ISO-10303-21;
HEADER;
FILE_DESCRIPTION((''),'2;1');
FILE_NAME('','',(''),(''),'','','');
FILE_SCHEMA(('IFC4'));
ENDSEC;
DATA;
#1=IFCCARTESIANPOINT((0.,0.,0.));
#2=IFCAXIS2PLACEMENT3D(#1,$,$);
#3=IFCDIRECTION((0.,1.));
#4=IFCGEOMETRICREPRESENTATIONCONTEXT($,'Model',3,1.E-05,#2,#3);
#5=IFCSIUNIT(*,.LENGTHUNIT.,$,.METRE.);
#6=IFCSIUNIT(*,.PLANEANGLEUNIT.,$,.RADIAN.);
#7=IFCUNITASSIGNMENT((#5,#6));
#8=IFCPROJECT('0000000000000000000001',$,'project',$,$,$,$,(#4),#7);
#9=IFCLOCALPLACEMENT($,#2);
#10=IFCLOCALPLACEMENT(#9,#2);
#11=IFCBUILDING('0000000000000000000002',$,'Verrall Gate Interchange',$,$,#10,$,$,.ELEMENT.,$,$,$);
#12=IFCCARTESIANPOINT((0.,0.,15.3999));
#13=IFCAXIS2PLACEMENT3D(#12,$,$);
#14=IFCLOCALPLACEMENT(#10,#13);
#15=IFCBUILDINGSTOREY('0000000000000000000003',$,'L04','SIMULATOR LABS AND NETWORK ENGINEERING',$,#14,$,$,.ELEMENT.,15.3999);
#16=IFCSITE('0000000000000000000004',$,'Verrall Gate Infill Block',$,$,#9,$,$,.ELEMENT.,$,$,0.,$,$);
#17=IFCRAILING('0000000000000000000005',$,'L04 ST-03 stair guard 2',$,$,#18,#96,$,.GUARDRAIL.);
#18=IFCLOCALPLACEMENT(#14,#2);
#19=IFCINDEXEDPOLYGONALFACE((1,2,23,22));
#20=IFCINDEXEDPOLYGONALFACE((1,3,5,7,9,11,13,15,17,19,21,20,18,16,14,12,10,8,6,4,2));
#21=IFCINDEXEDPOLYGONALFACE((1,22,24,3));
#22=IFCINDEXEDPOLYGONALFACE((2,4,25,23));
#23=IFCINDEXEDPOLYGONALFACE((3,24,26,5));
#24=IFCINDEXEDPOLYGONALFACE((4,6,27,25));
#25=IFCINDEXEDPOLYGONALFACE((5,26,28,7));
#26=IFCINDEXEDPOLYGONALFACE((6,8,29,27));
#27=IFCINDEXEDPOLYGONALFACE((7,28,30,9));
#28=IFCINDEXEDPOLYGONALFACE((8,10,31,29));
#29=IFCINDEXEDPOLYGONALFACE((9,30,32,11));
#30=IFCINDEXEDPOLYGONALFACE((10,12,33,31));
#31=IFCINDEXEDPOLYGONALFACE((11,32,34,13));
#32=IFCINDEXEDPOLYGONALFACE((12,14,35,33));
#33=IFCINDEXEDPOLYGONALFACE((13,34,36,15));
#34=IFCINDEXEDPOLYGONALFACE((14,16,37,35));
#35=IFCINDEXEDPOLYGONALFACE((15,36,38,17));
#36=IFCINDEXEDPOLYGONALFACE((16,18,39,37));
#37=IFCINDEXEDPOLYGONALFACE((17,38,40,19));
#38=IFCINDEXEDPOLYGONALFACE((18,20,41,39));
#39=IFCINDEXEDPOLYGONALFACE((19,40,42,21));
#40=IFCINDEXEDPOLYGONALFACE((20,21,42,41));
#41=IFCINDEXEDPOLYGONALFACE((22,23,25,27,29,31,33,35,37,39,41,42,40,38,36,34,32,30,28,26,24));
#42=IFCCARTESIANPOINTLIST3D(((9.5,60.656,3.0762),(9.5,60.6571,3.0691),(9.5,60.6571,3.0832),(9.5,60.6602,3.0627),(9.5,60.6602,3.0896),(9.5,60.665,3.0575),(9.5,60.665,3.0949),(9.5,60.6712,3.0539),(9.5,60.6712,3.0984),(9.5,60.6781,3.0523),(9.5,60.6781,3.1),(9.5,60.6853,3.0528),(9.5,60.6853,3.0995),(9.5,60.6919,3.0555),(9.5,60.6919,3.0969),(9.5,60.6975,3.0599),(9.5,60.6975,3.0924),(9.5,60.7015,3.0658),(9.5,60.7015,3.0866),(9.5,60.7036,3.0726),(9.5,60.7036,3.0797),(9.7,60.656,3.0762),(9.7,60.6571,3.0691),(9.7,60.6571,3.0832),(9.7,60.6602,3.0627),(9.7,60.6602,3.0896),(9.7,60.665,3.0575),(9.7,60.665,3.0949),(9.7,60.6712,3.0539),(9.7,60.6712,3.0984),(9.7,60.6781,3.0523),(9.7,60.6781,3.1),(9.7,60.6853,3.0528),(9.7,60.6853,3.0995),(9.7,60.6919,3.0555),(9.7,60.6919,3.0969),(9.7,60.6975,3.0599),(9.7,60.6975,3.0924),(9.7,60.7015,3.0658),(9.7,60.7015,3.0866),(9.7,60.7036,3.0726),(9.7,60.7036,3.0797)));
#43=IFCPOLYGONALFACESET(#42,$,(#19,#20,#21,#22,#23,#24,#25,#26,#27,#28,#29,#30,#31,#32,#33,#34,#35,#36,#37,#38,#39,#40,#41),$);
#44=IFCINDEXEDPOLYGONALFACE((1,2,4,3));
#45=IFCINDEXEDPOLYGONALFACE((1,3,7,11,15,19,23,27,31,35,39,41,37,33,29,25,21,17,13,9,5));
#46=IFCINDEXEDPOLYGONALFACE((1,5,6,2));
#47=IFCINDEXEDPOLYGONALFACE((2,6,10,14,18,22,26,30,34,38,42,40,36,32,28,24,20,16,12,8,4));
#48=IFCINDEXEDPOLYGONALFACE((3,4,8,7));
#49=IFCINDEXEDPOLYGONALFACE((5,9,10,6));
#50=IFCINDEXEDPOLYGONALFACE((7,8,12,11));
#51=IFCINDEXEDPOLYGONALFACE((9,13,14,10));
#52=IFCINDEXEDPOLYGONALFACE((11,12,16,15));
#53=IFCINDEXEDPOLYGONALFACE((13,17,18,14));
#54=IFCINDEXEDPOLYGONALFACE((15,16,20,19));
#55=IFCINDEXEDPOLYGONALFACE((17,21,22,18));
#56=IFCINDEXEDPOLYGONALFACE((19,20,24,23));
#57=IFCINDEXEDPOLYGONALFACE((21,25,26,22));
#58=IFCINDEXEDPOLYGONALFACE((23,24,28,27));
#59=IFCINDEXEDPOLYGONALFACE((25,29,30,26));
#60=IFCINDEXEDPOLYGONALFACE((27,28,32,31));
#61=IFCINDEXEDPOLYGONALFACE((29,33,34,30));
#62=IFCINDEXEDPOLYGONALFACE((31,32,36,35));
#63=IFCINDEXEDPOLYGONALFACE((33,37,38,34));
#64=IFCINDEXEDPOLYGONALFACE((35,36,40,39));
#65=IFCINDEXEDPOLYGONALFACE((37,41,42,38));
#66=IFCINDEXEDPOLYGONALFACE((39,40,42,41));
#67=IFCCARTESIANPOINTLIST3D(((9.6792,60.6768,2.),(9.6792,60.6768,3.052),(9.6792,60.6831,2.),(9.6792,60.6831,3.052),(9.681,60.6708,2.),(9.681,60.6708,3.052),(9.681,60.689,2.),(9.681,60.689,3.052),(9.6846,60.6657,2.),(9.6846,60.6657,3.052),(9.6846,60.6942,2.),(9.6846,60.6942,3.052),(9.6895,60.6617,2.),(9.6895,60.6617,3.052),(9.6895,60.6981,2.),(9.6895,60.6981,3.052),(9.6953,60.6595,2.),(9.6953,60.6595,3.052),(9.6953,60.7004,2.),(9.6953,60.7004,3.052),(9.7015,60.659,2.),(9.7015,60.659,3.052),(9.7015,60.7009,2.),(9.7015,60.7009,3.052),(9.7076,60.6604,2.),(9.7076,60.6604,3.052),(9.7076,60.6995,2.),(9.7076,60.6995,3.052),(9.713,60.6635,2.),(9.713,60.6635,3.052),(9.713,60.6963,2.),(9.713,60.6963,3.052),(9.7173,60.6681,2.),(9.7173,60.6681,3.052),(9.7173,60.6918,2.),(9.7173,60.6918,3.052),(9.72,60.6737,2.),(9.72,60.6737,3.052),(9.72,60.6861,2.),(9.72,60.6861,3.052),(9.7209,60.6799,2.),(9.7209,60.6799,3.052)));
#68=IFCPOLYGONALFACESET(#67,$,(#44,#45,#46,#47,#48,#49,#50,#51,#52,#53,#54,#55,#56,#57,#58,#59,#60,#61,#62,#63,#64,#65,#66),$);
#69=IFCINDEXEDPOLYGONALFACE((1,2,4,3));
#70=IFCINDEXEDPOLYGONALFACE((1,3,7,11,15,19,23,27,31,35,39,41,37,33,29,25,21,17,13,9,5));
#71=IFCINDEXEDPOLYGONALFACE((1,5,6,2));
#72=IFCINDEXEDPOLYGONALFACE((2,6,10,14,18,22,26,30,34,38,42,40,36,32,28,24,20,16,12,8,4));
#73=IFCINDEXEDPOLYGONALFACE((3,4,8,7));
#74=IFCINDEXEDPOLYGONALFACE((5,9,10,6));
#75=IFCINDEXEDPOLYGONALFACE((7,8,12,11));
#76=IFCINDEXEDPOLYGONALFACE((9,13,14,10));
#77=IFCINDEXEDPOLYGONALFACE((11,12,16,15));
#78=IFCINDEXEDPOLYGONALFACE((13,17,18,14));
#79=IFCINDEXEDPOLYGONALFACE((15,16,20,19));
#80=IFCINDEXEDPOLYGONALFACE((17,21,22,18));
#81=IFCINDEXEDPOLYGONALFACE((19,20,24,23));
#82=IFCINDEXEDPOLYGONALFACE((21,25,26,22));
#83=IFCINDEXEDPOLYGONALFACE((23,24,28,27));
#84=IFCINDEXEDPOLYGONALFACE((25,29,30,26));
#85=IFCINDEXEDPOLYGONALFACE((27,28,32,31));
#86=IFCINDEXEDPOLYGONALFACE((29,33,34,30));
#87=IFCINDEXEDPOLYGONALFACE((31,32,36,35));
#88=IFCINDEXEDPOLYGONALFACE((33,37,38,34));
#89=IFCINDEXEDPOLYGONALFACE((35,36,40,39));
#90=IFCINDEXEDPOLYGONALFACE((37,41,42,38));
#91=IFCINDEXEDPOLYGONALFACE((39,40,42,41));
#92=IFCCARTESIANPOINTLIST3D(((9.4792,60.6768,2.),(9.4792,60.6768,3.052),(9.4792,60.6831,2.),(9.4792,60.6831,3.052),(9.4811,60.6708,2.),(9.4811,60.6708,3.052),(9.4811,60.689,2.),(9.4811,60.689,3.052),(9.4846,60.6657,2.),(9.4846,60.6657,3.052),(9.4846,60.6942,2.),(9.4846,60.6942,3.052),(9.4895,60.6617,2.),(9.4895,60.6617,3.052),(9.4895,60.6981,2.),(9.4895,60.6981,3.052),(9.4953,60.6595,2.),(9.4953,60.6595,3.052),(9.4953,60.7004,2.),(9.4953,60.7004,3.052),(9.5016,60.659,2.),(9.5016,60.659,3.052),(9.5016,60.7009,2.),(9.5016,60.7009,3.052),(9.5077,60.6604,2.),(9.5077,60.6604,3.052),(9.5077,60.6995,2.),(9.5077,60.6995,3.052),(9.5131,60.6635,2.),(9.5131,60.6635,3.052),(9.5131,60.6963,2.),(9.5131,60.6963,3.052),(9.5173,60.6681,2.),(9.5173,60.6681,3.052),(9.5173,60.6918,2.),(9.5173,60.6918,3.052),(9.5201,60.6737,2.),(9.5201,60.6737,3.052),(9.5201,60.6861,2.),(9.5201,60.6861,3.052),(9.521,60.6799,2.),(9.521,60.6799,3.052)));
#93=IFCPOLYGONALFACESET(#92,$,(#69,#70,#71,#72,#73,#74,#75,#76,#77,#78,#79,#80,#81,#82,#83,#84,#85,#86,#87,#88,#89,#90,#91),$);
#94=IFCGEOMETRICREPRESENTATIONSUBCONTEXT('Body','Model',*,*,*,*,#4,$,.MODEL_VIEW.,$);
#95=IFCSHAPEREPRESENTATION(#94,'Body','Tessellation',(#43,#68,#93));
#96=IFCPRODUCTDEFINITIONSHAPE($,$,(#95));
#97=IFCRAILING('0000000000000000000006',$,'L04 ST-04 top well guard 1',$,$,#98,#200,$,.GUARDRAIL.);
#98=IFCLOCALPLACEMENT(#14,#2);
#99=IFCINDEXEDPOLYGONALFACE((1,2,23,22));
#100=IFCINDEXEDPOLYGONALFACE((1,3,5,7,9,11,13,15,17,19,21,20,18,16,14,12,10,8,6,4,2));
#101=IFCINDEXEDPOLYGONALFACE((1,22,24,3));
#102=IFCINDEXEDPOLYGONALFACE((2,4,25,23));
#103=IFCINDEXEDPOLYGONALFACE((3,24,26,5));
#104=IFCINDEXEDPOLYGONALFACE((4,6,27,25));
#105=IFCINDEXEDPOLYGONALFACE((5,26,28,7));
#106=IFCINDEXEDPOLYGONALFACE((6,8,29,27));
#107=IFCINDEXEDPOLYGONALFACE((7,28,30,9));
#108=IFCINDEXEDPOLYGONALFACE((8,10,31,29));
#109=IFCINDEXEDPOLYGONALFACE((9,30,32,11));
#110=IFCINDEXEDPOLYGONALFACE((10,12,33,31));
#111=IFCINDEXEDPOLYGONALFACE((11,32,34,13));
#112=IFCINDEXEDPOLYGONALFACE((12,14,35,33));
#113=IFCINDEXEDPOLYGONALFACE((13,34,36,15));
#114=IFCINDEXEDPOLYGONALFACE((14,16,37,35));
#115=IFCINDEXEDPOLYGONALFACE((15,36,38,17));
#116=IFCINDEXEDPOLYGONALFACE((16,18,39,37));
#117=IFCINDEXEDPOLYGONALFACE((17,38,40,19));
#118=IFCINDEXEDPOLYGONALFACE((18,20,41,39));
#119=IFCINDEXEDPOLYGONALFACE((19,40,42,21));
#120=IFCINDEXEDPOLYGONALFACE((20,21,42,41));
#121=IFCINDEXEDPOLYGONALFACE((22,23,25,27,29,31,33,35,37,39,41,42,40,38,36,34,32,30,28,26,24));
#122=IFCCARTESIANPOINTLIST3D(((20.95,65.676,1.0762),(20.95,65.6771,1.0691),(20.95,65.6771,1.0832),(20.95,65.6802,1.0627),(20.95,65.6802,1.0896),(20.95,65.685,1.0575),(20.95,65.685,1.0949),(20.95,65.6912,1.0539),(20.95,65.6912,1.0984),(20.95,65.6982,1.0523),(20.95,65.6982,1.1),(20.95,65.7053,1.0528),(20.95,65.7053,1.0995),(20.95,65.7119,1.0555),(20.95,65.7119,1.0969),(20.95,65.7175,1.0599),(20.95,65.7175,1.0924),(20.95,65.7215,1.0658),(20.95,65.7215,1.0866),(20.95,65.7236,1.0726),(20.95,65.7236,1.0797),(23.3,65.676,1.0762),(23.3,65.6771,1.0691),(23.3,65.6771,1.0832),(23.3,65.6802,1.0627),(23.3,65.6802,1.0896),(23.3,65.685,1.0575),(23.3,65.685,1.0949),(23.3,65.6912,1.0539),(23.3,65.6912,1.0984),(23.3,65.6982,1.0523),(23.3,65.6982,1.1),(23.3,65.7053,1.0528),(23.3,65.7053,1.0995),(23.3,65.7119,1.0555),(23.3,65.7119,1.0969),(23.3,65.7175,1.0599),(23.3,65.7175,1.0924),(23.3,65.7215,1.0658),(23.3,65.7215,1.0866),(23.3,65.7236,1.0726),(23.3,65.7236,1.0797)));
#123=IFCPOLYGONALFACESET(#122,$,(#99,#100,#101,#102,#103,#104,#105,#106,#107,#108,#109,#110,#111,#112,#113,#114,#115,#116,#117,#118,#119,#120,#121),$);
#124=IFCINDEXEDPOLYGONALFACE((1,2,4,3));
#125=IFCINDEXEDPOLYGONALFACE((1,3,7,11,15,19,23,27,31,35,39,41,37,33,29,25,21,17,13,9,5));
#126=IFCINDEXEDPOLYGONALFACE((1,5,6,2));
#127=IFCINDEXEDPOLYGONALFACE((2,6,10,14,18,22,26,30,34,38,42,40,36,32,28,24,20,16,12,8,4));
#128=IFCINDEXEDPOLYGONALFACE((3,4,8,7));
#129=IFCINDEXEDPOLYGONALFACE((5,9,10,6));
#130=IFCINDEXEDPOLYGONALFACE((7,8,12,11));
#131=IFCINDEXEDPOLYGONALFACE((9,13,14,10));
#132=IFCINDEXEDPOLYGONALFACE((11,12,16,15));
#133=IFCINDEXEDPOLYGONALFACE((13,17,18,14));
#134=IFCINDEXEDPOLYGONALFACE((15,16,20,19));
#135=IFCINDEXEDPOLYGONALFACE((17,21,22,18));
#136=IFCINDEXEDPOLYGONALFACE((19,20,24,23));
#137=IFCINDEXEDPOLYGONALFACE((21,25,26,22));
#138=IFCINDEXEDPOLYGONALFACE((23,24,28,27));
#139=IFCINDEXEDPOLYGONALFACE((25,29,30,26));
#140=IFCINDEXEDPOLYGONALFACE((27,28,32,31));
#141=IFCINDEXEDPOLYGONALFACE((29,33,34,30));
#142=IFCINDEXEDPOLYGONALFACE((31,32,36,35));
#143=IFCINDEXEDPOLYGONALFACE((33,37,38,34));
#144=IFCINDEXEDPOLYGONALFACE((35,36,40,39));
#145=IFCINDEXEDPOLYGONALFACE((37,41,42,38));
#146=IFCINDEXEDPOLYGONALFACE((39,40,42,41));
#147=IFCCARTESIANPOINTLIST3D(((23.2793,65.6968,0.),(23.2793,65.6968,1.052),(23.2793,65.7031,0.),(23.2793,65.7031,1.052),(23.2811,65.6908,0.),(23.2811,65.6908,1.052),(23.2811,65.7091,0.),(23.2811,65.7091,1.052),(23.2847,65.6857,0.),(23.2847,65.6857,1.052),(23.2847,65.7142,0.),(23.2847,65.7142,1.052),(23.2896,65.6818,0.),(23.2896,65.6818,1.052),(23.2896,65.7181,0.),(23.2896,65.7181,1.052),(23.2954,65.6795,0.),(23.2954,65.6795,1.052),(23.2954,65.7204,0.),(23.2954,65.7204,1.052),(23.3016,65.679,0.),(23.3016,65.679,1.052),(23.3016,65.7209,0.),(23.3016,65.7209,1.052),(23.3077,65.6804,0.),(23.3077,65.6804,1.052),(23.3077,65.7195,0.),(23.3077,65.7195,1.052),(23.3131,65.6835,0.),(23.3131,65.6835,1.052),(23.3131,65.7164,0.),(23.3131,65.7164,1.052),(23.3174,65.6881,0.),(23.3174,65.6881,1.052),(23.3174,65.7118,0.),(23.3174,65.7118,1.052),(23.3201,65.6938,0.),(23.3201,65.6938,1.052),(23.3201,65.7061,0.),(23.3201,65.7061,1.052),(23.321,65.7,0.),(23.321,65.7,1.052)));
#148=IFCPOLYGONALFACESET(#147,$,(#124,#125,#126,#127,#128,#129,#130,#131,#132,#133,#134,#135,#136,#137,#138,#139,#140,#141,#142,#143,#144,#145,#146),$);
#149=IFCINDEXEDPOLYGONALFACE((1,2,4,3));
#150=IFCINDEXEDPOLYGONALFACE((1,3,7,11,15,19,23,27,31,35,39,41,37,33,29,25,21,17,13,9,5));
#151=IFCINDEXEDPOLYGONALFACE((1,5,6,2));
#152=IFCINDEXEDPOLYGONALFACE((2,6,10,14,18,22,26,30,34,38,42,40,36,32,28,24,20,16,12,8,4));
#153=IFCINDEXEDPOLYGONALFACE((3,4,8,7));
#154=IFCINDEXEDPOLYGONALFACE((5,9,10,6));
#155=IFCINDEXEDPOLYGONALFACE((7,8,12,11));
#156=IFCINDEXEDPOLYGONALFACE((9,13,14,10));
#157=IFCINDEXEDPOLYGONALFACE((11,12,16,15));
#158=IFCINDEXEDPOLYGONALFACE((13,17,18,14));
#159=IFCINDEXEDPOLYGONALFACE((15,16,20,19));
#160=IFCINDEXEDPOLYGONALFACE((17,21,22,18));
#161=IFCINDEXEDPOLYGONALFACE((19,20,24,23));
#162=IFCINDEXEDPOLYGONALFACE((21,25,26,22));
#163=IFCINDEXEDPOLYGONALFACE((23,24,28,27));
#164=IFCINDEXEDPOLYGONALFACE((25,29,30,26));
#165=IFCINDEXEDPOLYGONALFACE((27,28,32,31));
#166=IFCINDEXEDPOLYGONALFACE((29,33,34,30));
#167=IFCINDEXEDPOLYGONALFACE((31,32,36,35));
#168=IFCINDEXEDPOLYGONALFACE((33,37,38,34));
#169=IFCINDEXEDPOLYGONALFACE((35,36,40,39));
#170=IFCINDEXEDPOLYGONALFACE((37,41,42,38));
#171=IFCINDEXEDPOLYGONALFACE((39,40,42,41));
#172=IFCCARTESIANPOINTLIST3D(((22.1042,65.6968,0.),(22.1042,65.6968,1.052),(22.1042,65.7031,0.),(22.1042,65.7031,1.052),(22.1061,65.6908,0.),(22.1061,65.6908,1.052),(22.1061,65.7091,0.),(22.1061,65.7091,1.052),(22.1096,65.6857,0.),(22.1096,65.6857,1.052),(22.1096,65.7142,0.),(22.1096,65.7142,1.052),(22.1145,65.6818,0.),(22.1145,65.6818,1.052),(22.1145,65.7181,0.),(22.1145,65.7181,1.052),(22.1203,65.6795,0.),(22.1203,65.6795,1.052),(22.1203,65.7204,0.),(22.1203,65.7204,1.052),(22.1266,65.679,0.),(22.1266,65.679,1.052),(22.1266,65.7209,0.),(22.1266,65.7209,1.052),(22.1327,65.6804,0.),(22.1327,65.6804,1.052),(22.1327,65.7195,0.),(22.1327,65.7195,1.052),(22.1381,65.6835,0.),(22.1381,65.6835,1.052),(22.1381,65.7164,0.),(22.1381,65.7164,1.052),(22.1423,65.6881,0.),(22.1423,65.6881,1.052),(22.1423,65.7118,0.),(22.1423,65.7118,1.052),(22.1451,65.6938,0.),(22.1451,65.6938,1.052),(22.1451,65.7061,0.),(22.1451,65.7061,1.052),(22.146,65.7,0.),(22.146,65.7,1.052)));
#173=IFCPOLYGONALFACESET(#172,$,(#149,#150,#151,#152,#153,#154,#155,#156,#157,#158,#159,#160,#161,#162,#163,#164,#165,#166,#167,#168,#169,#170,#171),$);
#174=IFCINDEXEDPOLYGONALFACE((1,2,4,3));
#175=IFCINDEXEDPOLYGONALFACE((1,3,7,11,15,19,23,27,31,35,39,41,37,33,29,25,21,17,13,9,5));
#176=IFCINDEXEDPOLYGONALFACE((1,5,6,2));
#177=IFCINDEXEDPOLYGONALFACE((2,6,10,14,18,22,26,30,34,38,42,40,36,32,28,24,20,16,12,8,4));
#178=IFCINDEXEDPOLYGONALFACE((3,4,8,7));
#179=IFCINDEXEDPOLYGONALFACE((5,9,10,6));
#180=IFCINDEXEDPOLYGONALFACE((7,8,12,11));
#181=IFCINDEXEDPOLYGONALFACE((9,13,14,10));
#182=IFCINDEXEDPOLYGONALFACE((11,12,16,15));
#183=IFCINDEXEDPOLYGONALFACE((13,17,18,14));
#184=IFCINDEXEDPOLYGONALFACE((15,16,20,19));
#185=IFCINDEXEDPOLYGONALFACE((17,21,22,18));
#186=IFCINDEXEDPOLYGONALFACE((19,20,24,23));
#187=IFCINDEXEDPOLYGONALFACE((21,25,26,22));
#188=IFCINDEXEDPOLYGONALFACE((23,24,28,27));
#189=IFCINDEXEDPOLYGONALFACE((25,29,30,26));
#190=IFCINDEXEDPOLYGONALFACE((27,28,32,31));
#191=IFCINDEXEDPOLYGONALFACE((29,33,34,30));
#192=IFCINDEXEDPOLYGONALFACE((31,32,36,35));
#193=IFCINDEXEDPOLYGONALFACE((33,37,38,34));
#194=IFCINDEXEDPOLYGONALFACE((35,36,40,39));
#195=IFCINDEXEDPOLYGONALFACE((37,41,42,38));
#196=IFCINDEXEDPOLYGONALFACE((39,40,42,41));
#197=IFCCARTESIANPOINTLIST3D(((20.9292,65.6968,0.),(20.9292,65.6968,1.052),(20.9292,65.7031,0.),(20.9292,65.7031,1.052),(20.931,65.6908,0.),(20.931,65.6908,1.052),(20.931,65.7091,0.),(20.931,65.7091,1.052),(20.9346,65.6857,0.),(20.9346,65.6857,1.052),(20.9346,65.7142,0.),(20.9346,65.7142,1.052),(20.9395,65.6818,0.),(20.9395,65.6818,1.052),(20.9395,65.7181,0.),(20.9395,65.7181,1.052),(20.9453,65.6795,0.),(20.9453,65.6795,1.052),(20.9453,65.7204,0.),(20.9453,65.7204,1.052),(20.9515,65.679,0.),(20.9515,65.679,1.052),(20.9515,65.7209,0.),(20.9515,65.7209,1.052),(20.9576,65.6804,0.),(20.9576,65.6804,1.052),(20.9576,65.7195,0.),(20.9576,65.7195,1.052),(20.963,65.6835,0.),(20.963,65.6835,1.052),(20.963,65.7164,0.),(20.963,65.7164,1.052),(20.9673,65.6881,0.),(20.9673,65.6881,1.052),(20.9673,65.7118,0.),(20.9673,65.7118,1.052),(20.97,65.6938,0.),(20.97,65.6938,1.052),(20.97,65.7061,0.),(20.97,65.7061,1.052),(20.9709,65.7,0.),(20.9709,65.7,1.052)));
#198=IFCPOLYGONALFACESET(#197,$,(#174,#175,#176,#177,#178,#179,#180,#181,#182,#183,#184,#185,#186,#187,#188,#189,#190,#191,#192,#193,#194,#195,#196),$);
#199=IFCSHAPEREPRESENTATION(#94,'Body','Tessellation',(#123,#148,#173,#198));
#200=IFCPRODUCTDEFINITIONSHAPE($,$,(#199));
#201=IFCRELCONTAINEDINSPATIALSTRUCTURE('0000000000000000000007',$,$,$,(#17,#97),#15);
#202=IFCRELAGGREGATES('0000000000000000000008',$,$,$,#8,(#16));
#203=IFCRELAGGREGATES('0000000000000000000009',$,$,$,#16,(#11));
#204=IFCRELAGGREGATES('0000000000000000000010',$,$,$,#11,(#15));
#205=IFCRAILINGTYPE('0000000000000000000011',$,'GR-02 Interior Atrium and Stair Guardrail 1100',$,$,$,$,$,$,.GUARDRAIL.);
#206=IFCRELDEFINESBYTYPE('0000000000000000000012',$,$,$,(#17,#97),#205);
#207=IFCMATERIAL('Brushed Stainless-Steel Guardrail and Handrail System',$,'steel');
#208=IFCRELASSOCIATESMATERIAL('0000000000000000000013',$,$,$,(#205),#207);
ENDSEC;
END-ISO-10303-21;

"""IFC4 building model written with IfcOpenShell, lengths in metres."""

from ifc_helpers import new_model, si_unit, direction, frame, origin, origin_2d, place, context, subcontext, project, spatial, circle, extrude, material, type_object, element, save


model = new_model("IFC4")

# Units and contexts
model_context = context("Model", 3, precision=1e-05, world=origin(), true_north=direction((0.0, 1.0)))
body_context = subcontext(model_context, "Body", "Model", "MODEL_VIEW")
ifc_project = project(units=[si_unit("LENGTHUNIT", "METRE"), si_unit("PLANEANGLEUNIT", "RADIAN")], contexts=[model_context])

# Site, building, storey
site_placement = place(None, origin())
site = spatial("IfcSite", under=ifc_project, at=site_placement, Name="Verrall Gate Infill Block", CompositionType="ELEMENT", RefElevation=0.0)
building_placement = place(site_placement, origin())
building = spatial("IfcBuilding", under=site, at=building_placement, Name="Verrall Gate Interchange", CompositionType="ELEMENT")
storey_placement = place(building_placement, frame((0.0, 0.0, 15.3999)))
storey = spatial("IfcBuildingStorey", under=building, at=storey_placement, Name="L04", Description="SIMULATOR LABS AND NETWORK ENGINEERING", CompositionType="ELEMENT", Elevation=15.3999)

# Railings
ifc_material_1 = material(Name="Brushed Stainless-Steel Guardrail and Handrail System", Category="steel")
railing_type_1 = type_object("IfcRailingType", Name="GR-02 Interior Atrium and Stair Guardrail 1100", PredefinedType="GUARDRAIL", material=ifc_material_1)
railing_1_placement = place(storey_placement, frame((9.7, 60.6799, 2.0)))
element("IfcRailing", 1, at=railing_1_placement, inside=storey, type_object=railing_type_1, Name="L04 ST-03 stair guard 2", PredefinedType="GUARDRAIL", context=body_context, shape_type="SweptSolid", body=[
    extrude(circle(Radius=0.0239, at=origin_2d()), frame((0.0, 0.0, 1.0762), z_axis=(-1.0, 0.0, 0.0), x_axis=(0.0, -1.0, 0.0)), (0.0, 0.0, 1.0), 0.2),
    extrude(circle(Radius=0.021, at=origin_2d()), origin(), (0.0, 0.0, 1.0), 1.052),
    extrude(circle(Radius=0.021, at=origin_2d()), frame((-0.2, 0.0, 0.0)), (0.0, 0.0, 1.0), 1.052),
])
railing_2_placement = place(storey_placement, frame((23.3, 65.7, 0.0)))
element("IfcRailing", 2, at=railing_2_placement, inside=storey, type_object=railing_type_1, Name="L04 ST-04 top well guard 1", PredefinedType="GUARDRAIL", context=body_context, shape_type="SweptSolid", body=[
    extrude(circle(Radius=0.0239, at=origin_2d()), frame((0.0, 0.0, 1.0762), z_axis=(-1.0, 0.0, 0.0), x_axis=(0.0, -1.0, 0.0)), (0.0, 0.0, 1.0), 2.3501),
    extrude(circle(Radius=0.021, at=origin_2d()), origin(), (0.0, 0.0, 1.0), 1.052),
    extrude(circle(Radius=0.021, at=origin_2d()), frame((-1.175, 0.0, 0.0)), (0.0, 0.0, 1.0), 1.052),
    extrude(circle(Radius=0.021, at=origin_2d()), frame((-2.3501, 0.0, 0.0)), (0.0, 0.0, 1.0), 1.052),
])

save(model, "model.ifc")
